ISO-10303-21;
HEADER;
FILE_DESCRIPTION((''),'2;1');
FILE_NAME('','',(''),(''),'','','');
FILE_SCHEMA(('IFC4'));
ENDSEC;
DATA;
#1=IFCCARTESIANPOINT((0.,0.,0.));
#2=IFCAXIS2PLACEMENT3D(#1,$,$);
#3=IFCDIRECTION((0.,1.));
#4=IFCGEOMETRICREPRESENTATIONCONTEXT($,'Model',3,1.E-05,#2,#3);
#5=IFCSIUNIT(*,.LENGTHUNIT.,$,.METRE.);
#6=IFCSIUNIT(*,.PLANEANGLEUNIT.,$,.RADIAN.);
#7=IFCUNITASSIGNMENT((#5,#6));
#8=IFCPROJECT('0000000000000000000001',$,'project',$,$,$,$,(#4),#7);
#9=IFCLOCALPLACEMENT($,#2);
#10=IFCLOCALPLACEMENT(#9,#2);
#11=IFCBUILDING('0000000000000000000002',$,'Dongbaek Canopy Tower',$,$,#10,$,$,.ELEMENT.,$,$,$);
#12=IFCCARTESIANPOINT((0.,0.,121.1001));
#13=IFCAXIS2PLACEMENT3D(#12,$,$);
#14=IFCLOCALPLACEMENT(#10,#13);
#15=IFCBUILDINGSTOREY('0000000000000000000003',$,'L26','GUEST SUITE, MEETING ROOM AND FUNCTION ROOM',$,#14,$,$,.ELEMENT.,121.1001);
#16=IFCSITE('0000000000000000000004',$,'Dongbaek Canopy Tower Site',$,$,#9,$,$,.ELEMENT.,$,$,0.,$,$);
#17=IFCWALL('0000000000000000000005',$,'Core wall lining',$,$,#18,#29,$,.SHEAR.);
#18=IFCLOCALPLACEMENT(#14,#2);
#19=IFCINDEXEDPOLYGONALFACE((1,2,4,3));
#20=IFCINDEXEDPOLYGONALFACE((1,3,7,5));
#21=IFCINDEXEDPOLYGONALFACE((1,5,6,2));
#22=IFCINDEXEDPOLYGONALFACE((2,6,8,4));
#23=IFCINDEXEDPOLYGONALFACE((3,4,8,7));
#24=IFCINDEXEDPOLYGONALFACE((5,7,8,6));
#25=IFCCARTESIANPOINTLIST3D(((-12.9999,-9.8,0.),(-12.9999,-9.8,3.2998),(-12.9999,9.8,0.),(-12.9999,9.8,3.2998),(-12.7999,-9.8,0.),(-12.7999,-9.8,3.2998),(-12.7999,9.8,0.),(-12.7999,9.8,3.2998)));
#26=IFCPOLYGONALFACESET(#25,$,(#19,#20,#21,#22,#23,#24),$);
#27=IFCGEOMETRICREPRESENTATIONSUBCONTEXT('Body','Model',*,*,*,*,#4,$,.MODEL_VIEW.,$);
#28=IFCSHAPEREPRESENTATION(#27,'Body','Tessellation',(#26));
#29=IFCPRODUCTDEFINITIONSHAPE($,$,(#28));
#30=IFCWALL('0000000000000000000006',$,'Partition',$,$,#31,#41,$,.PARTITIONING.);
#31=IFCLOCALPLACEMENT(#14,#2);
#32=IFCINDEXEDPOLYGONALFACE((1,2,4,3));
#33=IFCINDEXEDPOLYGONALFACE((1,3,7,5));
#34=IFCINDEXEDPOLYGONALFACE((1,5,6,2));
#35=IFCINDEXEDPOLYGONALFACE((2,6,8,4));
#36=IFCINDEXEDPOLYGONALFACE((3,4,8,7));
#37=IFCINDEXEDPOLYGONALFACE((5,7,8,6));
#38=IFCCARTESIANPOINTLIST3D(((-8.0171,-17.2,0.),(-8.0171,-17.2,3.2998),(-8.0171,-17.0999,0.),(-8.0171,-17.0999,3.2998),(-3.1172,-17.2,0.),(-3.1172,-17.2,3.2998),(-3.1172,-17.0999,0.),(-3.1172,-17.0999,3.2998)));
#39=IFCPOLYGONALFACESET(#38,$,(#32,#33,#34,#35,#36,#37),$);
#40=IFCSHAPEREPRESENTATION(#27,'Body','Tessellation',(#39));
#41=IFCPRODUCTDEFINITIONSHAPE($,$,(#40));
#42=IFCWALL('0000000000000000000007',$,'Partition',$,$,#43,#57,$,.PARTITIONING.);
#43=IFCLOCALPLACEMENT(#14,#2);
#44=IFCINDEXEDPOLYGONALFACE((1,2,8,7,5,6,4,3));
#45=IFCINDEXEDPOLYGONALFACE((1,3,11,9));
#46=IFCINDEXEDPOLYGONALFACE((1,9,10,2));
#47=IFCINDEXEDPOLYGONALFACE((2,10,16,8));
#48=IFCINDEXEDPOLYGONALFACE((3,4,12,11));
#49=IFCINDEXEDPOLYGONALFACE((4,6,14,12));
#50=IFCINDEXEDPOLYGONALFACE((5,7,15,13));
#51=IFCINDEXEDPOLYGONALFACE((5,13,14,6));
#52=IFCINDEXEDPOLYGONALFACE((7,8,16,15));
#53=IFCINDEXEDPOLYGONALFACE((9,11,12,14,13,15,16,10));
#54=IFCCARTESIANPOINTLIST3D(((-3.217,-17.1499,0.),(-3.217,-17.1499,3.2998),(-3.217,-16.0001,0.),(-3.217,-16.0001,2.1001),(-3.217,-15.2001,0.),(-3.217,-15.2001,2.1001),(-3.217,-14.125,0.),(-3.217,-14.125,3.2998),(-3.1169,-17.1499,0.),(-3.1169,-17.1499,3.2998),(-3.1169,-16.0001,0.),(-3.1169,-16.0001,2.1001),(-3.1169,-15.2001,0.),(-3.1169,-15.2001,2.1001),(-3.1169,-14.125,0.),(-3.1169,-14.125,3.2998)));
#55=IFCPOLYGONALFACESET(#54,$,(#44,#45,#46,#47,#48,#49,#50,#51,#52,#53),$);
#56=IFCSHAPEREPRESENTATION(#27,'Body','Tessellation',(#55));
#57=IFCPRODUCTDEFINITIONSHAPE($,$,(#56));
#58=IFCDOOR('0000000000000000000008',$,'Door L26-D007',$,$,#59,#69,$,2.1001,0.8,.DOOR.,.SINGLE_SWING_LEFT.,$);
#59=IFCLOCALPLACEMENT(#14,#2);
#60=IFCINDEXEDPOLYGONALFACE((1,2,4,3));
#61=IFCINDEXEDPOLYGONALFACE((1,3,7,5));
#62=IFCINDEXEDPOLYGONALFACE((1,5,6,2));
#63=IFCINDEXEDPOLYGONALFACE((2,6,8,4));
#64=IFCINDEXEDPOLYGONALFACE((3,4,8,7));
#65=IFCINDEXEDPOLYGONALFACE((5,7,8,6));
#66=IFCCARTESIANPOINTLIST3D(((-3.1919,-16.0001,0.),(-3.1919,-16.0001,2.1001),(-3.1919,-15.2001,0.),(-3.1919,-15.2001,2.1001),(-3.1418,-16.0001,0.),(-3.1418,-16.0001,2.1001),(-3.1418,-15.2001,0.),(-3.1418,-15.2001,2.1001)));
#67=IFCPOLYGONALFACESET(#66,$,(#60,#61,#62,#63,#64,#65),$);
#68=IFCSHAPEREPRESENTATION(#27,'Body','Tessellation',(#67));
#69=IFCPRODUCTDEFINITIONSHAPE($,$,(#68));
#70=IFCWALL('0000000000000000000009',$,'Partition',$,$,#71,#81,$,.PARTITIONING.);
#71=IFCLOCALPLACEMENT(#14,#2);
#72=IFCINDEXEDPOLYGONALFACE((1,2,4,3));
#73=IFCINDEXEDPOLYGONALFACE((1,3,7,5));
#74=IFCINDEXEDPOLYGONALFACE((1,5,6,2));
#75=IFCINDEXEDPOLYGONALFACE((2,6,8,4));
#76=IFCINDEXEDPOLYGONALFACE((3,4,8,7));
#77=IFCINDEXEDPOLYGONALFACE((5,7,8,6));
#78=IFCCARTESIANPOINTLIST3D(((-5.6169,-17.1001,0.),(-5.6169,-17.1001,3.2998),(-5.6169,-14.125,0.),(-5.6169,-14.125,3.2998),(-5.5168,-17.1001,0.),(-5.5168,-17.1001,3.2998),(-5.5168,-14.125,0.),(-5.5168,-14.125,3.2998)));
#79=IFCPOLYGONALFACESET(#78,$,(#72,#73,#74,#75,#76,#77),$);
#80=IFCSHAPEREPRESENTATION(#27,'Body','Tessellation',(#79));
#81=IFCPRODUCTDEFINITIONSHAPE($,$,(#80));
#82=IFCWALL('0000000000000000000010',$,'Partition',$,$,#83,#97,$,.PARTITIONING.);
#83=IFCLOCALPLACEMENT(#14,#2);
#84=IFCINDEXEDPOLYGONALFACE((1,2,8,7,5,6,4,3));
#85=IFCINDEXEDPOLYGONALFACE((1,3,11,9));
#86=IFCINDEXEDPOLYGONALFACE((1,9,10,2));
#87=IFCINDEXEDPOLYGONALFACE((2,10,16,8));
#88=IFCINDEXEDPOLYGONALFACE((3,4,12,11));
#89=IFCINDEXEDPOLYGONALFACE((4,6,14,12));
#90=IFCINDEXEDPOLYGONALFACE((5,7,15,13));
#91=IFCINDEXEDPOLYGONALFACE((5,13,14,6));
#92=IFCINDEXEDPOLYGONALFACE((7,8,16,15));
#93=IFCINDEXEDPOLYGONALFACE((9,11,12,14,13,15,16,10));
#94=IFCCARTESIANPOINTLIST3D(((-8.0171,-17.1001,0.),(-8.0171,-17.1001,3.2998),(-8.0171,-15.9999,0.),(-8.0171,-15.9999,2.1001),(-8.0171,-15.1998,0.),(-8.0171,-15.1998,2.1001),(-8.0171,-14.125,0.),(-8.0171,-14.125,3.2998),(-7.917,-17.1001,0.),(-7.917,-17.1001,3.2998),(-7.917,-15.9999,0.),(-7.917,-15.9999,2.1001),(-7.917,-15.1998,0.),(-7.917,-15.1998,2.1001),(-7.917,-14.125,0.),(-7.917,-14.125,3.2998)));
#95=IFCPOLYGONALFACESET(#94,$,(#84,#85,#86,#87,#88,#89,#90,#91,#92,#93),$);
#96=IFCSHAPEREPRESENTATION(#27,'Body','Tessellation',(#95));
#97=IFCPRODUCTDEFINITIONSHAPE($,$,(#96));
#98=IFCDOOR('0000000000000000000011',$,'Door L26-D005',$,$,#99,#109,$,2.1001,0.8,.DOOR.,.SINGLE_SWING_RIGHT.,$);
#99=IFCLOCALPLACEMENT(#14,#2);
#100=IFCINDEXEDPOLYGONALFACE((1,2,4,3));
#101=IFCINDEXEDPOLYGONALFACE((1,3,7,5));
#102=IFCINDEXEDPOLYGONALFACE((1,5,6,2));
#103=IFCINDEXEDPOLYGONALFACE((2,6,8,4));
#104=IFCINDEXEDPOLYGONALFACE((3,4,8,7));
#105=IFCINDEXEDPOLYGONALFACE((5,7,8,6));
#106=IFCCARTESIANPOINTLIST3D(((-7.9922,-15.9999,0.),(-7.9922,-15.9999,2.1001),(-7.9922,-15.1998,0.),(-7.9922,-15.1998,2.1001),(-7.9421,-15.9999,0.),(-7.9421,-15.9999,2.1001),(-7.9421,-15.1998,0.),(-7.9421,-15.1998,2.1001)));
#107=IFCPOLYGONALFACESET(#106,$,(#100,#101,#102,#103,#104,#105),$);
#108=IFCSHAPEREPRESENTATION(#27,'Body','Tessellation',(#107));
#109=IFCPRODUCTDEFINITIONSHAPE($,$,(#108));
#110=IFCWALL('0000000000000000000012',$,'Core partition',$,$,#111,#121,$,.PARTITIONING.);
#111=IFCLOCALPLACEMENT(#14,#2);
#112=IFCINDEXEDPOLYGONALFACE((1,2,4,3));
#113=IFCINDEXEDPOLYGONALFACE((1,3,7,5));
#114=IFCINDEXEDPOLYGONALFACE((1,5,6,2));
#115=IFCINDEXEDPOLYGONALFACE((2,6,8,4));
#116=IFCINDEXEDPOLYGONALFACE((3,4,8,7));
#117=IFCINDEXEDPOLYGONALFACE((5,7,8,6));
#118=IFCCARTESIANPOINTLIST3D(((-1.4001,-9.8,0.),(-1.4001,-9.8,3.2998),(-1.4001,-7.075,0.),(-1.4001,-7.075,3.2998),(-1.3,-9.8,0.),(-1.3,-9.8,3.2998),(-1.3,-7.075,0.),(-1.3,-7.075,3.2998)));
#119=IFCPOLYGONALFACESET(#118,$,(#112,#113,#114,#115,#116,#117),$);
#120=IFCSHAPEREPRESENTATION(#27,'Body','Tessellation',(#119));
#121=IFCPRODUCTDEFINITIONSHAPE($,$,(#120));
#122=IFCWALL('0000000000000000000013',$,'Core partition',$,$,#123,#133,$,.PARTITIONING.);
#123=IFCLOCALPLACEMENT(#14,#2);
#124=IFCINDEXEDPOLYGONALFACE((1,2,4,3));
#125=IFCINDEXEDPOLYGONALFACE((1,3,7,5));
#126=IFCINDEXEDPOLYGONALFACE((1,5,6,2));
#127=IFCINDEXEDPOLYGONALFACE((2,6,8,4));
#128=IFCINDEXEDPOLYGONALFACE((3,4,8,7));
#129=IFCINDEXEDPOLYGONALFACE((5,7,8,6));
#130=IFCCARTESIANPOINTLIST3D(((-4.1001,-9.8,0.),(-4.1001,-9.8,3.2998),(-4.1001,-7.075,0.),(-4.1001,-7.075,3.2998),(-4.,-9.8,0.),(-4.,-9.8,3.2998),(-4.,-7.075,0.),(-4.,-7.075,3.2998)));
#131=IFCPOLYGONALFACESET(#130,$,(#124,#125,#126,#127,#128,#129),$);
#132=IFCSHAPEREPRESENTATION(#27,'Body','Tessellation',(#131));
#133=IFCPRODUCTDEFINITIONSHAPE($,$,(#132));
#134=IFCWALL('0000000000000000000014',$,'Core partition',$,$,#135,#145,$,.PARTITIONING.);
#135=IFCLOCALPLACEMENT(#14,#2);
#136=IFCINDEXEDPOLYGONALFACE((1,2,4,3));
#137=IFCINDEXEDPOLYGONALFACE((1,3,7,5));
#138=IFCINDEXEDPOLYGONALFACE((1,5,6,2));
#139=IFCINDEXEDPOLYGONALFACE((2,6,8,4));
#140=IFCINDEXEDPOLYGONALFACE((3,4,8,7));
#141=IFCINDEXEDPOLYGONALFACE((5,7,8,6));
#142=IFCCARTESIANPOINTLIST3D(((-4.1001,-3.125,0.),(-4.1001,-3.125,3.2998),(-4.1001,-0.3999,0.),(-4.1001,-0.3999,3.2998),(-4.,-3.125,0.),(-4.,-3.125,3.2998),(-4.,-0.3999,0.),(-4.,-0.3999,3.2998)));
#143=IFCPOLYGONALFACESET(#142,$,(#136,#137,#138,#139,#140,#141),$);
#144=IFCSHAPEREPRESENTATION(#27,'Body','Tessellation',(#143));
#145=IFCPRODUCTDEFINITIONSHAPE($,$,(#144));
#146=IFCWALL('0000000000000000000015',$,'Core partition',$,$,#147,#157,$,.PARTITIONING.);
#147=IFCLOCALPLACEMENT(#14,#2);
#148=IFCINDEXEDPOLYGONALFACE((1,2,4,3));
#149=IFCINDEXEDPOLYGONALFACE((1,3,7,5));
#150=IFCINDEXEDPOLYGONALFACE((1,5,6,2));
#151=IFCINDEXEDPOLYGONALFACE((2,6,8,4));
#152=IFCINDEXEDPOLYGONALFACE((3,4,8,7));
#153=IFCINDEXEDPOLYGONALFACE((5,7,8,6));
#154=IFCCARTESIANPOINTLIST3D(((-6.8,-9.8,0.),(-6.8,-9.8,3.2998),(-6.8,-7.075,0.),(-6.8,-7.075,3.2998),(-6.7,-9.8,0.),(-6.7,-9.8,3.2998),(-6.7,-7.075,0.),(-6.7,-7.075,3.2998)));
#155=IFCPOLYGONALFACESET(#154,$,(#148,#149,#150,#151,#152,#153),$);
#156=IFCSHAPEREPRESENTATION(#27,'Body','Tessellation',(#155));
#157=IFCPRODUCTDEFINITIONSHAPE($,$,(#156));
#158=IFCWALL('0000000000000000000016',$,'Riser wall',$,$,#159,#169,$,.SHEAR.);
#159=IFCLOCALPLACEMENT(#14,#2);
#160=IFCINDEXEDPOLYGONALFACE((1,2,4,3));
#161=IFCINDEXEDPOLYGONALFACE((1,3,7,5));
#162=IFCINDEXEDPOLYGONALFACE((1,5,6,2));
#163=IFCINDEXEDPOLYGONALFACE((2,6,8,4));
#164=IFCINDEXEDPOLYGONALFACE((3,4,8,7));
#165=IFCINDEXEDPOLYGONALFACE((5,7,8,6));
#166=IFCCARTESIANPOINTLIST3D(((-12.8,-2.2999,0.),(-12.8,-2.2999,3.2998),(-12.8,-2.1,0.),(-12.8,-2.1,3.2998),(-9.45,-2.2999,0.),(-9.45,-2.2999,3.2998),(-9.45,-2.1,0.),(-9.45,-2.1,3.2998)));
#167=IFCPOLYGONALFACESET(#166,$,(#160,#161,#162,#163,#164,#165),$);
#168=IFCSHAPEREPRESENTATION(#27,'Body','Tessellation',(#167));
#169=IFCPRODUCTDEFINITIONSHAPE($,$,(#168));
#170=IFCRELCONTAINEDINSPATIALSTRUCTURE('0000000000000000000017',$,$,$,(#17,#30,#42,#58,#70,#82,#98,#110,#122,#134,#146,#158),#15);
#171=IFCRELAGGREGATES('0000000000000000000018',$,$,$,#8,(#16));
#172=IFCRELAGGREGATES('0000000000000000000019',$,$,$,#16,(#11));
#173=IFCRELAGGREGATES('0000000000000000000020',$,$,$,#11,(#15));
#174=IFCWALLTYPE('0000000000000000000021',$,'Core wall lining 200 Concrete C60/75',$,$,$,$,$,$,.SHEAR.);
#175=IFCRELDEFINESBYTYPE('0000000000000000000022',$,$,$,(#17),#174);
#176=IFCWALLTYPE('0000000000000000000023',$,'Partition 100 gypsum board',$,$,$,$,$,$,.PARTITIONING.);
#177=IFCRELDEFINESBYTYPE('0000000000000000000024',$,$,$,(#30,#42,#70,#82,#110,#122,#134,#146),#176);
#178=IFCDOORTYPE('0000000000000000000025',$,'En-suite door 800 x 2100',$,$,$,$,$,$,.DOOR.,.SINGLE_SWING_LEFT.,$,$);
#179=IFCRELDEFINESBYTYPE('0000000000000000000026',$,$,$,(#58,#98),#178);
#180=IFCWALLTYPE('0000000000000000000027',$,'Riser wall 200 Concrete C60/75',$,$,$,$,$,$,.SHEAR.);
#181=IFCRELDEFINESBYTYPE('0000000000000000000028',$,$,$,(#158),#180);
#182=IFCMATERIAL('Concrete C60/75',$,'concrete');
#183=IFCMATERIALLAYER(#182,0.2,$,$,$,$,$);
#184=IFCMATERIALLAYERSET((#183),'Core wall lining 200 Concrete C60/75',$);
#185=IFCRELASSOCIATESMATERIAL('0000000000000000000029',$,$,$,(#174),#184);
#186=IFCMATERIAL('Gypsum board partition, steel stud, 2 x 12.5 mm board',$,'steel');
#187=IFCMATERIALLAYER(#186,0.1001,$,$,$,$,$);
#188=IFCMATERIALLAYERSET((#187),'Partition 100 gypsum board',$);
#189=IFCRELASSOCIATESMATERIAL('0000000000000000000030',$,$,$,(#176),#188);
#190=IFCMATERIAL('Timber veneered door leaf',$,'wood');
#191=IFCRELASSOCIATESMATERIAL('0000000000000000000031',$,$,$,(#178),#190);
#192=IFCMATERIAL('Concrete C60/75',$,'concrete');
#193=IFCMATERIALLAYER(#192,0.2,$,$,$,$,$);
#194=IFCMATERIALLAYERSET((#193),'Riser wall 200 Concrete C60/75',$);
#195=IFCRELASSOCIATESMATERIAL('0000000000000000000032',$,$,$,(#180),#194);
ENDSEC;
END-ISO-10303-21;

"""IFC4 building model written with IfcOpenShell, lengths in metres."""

from ifc_helpers import new_model, si_unit, direction, frame, frame_2d, origin, place, context, subcontext, project, spatial, rectangle, extrude, material, layer, layer_set, type_object, element, fill, save


model = new_model("IFC4")

# Units and contexts
model_context = context("Model", 3, precision=1e-05, world=origin(), true_north=direction((0.0, 1.0)))
body_context = subcontext(model_context, "Body", "Model", "MODEL_VIEW")
ifc_project = project(units=[si_unit("LENGTHUNIT", "METRE"), si_unit("PLANEANGLEUNIT", "RADIAN")], contexts=[model_context])

# Site, building, storey
site_placement = place(None, origin())
site = spatial("IfcSite", under=ifc_project, at=site_placement, Name="Dongbaek Canopy Tower Site", CompositionType="ELEMENT", RefElevation=0.0)
building_placement = place(site_placement, origin())
building = spatial("IfcBuilding", under=site, at=building_placement, Name="Dongbaek Canopy Tower", CompositionType="ELEMENT")
storey_placement = place(building_placement, frame((0.0, 0.0, 121.1001)))
storey = spatial("IfcBuildingStorey", under=building, at=storey_placement, Name="L26", Description="GUEST SUITE, MEETING ROOM AND FUNCTION ROOM", CompositionType="ELEMENT", Elevation=121.1001)

# Walls
ifc_material_1 = material(Name="Concrete C60/75", Category="concrete")
ifc_layer_1 = layer(ifc_material_1, 0.2)
ifc_layer_set_1 = layer_set([ifc_layer_1], Name="Core wall lining 200 Concrete C60/75")
wall_type_1 = type_object("IfcWallType", Name="Core wall lining 200 Concrete C60/75", PredefinedType="SHEAR", material=ifc_layer_set_1)
wall_1_placement = place(storey_placement, frame((-12.8999, -9.8, 0.0), z_axis=(0.0, 0.0, 1.0), x_axis=(0.0, 1.0, 0.0)))
element("IfcWall", 1, at=wall_1_placement, inside=storey, type_object=wall_type_1, Name="Core wall lining", PredefinedType="SHEAR", context=body_context, shape_type="SweptSolid", body=[
    extrude(rectangle(XDim=19.6001, YDim=0.2, at=frame_2d((9.8, 0.0))), origin(), (0.0, 0.0, 1.0), 3.2998),
])
ifc_material_2 = material(Name="Gypsum board partition, steel stud, 2 x 12.5 mm board", Category="steel")
ifc_layer_2 = layer(ifc_material_2, 0.1001)
ifc_layer_set_2 = layer_set([ifc_layer_2], Name="Partition 100 gypsum board")
wall_type_2 = type_object("IfcWallType", Name="Partition 100 gypsum board", PredefinedType="PARTITIONING", material=ifc_layer_set_2)
wall_2_placement = place(storey_placement, frame((-8.0171, -17.1499, 0.0), z_axis=(0.0, 0.0, 1.0), x_axis=(1.0, 0.0, 0.0)))
element("IfcWall", 2, at=wall_2_placement, inside=storey, type_object=wall_type_2, Name="Partition", PredefinedType="PARTITIONING", context=body_context, shape_type="SweptSolid", body=[
    extrude(rectangle(XDim=4.8999, YDim=0.1001, at=frame_2d((2.45, 0.0))), origin(), (0.0, 0.0, 1.0), 3.2998),
])

# Wall, opening, door
wall_3_placement = place(storey_placement, frame((-3.167, -17.1499, 0.0), z_axis=(0.0, 0.0, 1.0), x_axis=(0.0, 1.0, 0.0)))
wall_3 = element("IfcWall", 3, at=wall_3_placement, inside=storey, type_object=wall_type_2, Name="Partition", PredefinedType="PARTITIONING", context=body_context, shape_type="SweptSolid", body=[
    extrude(rectangle(XDim=3.0249, YDim=0.1001, at=frame_2d((1.5125, 0.0))), origin(), (0.0, 0.0, 1.0), 3.2998),
])
opening_1_placement = place(wall_3_placement, frame((1.1499, 0.0, 0.0)))
opening_1 = element("IfcOpeningElement", 4, at=opening_1_placement, cuts=wall_3, PredefinedType="OPENING", context=body_context, shape_type="SweptSolid", body=[
    extrude(rectangle(XDim=0.8, YDim=2.1001, at=frame_2d((0.3999, 1.05))), frame((0.0, 0.0601, 0.0), z_axis=(0.0, -1.0, 0.0), x_axis=(1.0, 0.0, 0.0)), (0.0, 0.0, 1.0), 0.1201),
])
ifc_material_3 = material(Name="Timber veneered door leaf", Category="wood")
door_type_1 = type_object("IfcDoorType", Name="En-suite door 800 x 2100", OperationType="SINGLE_SWING_LEFT", PredefinedType="DOOR", material=ifc_material_3)
door_1_placement = place(opening_1_placement, origin())
door_1 = element("IfcDoor", 5, at=door_1_placement, inside=storey, type_object=door_type_1, Name="Door L26-D007", OperationType="SINGLE_SWING_LEFT", OverallHeight=2.1001, OverallWidth=0.8, PredefinedType="DOOR", context=body_context, shape_type="SweptSolid", body=[
    extrude(rectangle(XDim=0.8, YDim=2.1001, at=frame_2d((0.3999, 1.05))), frame((0.0, 0.0249, 0.0), z_axis=(0.0, -1.0, 0.0), x_axis=(1.0, 0.0, 0.0)), (0.0, 0.0, 1.0), 0.05),
])
fill(opening_1, door_1)

# Wall
wall_4_placement = place(storey_placement, frame((-5.5669, -17.1001, 0.0), z_axis=(0.0, 0.0, 1.0), x_axis=(0.0, 1.0, 0.0)))
element("IfcWall", 6, at=wall_4_placement, inside=storey, type_object=wall_type_2, Name="Partition", PredefinedType="PARTITIONING", context=body_context, shape_type="SweptSolid", body=[
    extrude(rectangle(XDim=2.9751, YDim=0.1001, at=frame_2d((1.4875, 0.0))), origin(), (0.0, 0.0, 1.0), 3.2998),
])

# Wall, opening, door
wall_5_placement = place(storey_placement, frame((-7.967, -14.125, 0.0), z_axis=(0.0, 0.0, 1.0), x_axis=(0.0, -1.0, 0.0)))
wall_5 = element("IfcWall", 7, at=wall_5_placement, inside=storey, type_object=wall_type_2, Name="Partition", PredefinedType="PARTITIONING", context=body_context, shape_type="SweptSolid", body=[
    extrude(rectangle(XDim=2.9751, YDim=0.1001, at=frame_2d((1.4875, 0.0))), origin(), (0.0, 0.0, 1.0), 3.2998),
])
opening_2_placement = place(wall_5_placement, frame((1.075, 0.0, 0.0)))
opening_2 = element("IfcOpeningElement", 8, at=opening_2_placement, cuts=wall_5, PredefinedType="OPENING", context=body_context, shape_type="SweptSolid", body=[
    extrude(rectangle(XDim=0.8, YDim=2.1001, at=frame_2d((0.3999, 1.05))), frame((0.0, 0.0601, 0.0), z_axis=(0.0, -1.0, 0.0), x_axis=(1.0, 0.0, 0.0)), (0.0, 0.0, 1.0), 0.1201),
])
door_2_placement = place(opening_2_placement, origin())
door_2 = element("IfcDoor", 9, at=door_2_placement, inside=storey, type_object=door_type_1, Name="Door L26-D005", OperationType="SINGLE_SWING_RIGHT", OverallHeight=2.1001, OverallWidth=0.8, PredefinedType="DOOR", context=body_context, shape_type="SweptSolid", body=[
    extrude(rectangle(XDim=0.8, YDim=2.1001, at=frame_2d((0.3999, 1.05))), frame((0.0, 0.0249, 0.0), z_axis=(0.0, -1.0, 0.0), x_axis=(1.0, 0.0, 0.0)), (0.0, 0.0, 1.0), 0.05),
])
fill(opening_2, door_2)

# Walls
for number, where, z_axis, x_axis, name in (
    (10, (-1.3501, -9.8, 0.0), (0.0, 0.0, 1.0), (0.0, 1.0, 0.0), "Core partition"),
    (11, (-4.05, -9.8, 0.0), (0.0, 0.0, 1.0), (0.0, 1.0, 0.0), "Core partition"),
    (12, (-4.05, -3.125, 0.0), (0.0, 0.0, 1.0), (0.0, 1.0, 0.0), "Core partition"),
    (13, (-6.75, -9.8, 0.0), (0.0, 0.0, 1.0), (0.0, 1.0, 0.0), "Core partition"),
):
    element("IfcWall", number, at=place(storey_placement, frame(where, z_axis=z_axis, x_axis=x_axis)), inside=storey, type_object=wall_type_2, Name=name, PredefinedType="PARTITIONING", context=body_context, shape_type="SweptSolid", body=[
        extrude(rectangle(XDim=2.7251, YDim=0.1001, at=frame_2d((1.3625, 0.0))), origin(), (0.0, 0.0, 1.0), 3.2998),
    ])
ifc_material_4 = material(Name="Concrete C60/75", Category="concrete")
ifc_layer_3 = layer(ifc_material_4, 0.2)
ifc_layer_set_3 = layer_set([ifc_layer_3], Name="Riser wall 200 Concrete C60/75")
wall_type_3 = type_object("IfcWallType", Name="Riser wall 200 Concrete C60/75", PredefinedType="SHEAR", material=ifc_layer_set_3)
wall_6_placement = place(storey_placement, frame((-9.45, -2.2, 0.0), z_axis=(0.0, 0.0, 1.0), x_axis=(-1.0, 0.0, 0.0)))
element("IfcWall", 14, at=wall_6_placement, inside=storey, type_object=wall_type_3, Name="Riser wall", PredefinedType="SHEAR", context=body_context, shape_type="SweptSolid", body=[
    extrude(rectangle(XDim=3.3501, YDim=0.2, at=frame_2d((1.675, 0.0))), origin(), (0.0, 0.0, 1.0), 3.2998),
])

save(model, "model.ifc")
